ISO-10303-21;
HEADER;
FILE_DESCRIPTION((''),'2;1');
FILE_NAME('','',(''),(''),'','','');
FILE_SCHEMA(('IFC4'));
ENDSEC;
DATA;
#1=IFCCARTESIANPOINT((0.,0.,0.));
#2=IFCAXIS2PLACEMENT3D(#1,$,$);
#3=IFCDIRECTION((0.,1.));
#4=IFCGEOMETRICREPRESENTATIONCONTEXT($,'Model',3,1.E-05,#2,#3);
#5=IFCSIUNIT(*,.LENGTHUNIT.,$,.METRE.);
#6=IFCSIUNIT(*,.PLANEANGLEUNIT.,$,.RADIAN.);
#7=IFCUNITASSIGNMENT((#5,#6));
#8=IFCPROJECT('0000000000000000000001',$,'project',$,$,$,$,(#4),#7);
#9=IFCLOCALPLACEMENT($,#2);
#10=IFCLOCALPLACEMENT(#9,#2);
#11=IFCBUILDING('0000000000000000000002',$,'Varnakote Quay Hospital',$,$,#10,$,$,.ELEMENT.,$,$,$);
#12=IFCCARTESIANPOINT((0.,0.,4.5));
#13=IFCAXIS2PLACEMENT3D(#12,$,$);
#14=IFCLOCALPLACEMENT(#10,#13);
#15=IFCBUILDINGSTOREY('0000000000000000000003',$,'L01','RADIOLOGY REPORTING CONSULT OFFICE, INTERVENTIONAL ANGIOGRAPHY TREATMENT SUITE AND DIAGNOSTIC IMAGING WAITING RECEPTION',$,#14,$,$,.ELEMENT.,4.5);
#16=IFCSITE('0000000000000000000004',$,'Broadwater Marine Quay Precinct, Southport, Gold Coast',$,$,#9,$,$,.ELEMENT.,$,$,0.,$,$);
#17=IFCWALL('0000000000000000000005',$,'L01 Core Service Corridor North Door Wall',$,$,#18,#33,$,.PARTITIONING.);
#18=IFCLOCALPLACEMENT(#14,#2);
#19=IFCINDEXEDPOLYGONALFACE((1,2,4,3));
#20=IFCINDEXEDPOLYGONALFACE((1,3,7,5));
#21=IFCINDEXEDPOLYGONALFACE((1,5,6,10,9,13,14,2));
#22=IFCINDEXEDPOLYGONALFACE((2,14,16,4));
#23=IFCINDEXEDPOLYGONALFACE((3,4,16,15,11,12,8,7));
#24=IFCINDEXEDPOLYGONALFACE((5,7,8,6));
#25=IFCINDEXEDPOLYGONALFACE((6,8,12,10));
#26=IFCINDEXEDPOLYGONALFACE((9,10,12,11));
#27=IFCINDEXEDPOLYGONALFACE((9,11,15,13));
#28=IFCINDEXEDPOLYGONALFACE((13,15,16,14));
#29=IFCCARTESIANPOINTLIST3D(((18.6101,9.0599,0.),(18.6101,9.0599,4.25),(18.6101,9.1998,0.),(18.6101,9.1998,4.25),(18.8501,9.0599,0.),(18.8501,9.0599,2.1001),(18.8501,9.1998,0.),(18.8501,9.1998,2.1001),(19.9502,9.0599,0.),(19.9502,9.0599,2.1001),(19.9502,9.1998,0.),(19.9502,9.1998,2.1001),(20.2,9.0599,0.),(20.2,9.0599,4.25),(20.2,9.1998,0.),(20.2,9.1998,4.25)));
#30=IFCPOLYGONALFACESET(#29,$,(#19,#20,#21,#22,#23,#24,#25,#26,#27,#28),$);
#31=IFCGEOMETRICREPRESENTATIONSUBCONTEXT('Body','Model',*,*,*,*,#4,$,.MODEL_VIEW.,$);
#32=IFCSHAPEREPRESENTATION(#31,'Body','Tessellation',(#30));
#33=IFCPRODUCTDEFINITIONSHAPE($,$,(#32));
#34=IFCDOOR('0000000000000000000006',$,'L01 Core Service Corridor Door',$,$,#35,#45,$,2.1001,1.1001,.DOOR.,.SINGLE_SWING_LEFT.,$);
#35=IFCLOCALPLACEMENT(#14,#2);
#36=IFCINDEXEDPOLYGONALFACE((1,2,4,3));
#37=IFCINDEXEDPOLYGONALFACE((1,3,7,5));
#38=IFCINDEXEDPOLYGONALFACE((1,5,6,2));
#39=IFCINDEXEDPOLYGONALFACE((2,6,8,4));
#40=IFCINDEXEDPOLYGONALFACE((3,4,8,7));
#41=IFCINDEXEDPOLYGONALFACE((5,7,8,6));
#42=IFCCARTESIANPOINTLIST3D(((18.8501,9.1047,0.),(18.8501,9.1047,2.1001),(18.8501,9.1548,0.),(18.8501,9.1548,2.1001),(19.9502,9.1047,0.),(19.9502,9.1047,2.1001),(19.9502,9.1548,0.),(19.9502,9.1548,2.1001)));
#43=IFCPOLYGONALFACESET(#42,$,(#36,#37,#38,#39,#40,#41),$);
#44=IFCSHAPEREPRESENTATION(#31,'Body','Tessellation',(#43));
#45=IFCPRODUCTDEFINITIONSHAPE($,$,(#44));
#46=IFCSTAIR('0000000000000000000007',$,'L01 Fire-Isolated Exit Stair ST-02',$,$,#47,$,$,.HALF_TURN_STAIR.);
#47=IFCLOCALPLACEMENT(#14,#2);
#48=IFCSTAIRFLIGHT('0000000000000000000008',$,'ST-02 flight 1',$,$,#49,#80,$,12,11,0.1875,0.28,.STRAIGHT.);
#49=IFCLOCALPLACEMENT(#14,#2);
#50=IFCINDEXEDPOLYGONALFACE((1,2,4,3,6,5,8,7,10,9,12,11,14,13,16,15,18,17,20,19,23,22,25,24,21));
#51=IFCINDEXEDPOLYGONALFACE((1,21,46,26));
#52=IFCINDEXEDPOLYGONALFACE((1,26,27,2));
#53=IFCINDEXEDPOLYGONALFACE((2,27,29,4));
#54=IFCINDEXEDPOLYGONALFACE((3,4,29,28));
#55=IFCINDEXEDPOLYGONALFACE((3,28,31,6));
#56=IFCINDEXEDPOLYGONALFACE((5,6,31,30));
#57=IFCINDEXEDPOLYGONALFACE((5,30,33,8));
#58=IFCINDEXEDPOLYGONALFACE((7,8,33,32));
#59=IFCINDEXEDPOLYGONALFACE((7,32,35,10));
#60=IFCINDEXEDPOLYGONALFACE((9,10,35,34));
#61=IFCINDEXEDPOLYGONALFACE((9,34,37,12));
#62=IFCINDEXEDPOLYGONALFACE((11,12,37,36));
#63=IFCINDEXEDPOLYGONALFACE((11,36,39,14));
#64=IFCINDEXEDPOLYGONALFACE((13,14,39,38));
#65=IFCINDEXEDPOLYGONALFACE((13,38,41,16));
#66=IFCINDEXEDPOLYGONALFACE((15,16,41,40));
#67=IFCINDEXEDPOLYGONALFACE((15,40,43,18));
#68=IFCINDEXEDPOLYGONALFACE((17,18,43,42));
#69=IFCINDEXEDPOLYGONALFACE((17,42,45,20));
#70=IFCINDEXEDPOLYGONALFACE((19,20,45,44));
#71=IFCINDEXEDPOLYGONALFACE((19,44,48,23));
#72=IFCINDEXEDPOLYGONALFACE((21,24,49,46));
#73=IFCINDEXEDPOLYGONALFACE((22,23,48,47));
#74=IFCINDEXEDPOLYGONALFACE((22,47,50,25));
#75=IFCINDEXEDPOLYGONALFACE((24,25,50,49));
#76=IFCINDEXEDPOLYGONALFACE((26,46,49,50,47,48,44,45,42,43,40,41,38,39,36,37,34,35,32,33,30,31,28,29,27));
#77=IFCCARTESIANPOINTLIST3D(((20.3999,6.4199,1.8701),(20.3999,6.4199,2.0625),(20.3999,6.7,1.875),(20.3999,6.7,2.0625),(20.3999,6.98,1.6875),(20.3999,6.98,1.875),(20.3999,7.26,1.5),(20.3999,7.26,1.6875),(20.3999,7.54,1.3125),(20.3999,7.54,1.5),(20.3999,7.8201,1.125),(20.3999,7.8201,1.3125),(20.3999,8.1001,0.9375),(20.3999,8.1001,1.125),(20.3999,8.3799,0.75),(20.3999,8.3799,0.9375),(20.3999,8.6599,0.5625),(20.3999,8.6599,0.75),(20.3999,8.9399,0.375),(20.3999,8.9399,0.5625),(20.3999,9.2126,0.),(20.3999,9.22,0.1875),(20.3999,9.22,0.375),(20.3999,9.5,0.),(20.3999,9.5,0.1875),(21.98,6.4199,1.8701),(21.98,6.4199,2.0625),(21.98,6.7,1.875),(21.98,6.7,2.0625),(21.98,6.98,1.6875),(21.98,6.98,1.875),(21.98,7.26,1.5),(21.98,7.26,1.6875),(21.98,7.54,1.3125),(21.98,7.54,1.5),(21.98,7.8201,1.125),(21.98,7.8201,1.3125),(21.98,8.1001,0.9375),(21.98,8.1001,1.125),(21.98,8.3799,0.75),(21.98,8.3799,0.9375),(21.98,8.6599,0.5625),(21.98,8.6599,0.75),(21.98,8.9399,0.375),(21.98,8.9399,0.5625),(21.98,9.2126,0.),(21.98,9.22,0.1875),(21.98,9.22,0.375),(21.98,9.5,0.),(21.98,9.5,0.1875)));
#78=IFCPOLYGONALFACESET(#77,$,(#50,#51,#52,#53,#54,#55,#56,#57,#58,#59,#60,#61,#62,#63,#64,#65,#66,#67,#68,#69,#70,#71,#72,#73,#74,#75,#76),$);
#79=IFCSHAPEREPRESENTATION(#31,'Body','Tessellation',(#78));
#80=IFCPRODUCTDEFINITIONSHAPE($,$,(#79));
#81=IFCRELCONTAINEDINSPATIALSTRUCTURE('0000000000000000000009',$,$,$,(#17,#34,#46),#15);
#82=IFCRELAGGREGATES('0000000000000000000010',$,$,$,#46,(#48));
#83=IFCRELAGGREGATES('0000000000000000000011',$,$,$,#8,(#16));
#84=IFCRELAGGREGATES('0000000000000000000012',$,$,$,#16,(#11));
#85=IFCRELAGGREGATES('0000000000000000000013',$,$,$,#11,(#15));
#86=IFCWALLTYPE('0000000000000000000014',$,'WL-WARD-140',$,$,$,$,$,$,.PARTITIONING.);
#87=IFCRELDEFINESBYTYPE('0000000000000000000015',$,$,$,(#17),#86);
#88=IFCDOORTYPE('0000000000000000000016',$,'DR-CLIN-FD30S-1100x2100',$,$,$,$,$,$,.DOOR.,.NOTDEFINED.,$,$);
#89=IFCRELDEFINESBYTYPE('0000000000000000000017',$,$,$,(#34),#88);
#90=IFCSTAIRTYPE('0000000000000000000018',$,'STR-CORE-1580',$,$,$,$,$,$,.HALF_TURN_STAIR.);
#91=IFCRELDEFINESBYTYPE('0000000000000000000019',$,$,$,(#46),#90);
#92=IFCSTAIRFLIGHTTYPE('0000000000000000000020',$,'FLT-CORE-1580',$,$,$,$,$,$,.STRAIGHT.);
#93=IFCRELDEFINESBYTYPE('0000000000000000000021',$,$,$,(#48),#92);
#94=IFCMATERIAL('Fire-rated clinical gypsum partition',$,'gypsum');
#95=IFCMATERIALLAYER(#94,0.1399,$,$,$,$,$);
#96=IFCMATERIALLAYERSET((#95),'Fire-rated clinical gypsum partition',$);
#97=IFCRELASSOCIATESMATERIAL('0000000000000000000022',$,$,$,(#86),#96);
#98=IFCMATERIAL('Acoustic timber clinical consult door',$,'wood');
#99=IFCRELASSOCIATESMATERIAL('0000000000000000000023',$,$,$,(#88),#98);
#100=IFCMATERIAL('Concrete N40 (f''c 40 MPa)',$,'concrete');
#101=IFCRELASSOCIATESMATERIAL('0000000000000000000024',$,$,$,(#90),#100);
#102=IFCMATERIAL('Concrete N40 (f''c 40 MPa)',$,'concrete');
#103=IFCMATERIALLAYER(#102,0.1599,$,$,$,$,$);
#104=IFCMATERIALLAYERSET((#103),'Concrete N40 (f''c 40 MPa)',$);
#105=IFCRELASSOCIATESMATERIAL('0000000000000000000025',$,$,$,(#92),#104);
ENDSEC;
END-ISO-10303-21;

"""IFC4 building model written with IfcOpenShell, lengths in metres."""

from ifc_helpers import new_model, si_unit, direction, frame, frame_2d, origin, place, context, subcontext, project, spatial, polyline, rectangle, outline, extrude, material, layer, layer_set, type_object, element, fill, aggregate, save


model = new_model("IFC4")

# Units and contexts
model_context = context("Model", 3, precision=1e-05, world=origin(), true_north=direction((0.0, 1.0)))
body_context = subcontext(model_context, "Body", "Model", "MODEL_VIEW")
ifc_project = project(units=[si_unit("LENGTHUNIT", "METRE"), si_unit("PLANEANGLEUNIT", "RADIAN")], contexts=[model_context])

# Site, building, storey
site_placement = place(None, origin())
site = spatial("IfcSite", under=ifc_project, at=site_placement, Name="Broadwater Marine Quay Precinct, Southport, Gold Coast", CompositionType="ELEMENT", RefElevation=0.0)
building_placement = place(site_placement, origin())
building = spatial("IfcBuilding", under=site, at=building_placement, Name="Varnakote Quay Hospital", CompositionType="ELEMENT")
storey_placement = place(building_placement, frame((0.0, 0.0, 4.5)))
storey = spatial("IfcBuildingStorey", under=building, at=storey_placement, Name="L01", Description="RADIOLOGY REPORTING CONSULT OFFICE, INTERVENTIONAL ANGIOGRAPHY TREATMENT SUITE AND DIAGNOSTIC IMAGING WAITING RECEPTION", CompositionType="ELEMENT", Elevation=4.5)

# Wall, opening, door
ifc_material_1 = material(Name="Fire-rated clinical gypsum partition", Category="gypsum")
ifc_layer_1 = layer(ifc_material_1, 0.1399)
ifc_layer_set_1 = layer_set([ifc_layer_1], Name="Fire-rated clinical gypsum partition")
wall_type_1 = type_object("IfcWallType", Name="WL-WARD-140", PredefinedType="PARTITIONING", material=ifc_layer_set_1)
ifc_material_2 = material(Name="Acoustic timber clinical consult door", Category="wood")
door_type_1 = type_object("IfcDoorType", Name="DR-CLIN-FD30S-1100x2100", OperationType="NOTDEFINED", PredefinedType="DOOR", material=ifc_material_2)
wall_1_placement = place(storey_placement, frame((18.6101, 9.1299, 0.0), z_axis=(0.0, 0.0, 1.0), x_axis=(1.0, 0.0, 0.0)))
wall_1 = element("IfcWall", 1, at=wall_1_placement, inside=storey, type_object=wall_type_1, Name="L01 Core Service Corridor North Door Wall", PredefinedType="PARTITIONING", context=body_context, shape_type="SweptSolid", body=[
    extrude(rectangle(XDim=1.5898, YDim=0.1399, at=frame_2d((0.7949, 0.0))), origin(), (0.0, 0.0, 1.0), 4.25),
])
opening_1_placement = place(wall_1_placement, frame((0.24, 0.0, 0.0)))
opening_1 = element("IfcOpeningElement", 2, at=opening_1_placement, cuts=wall_1, PredefinedType="OPENING", context=body_context, shape_type="SweptSolid", body=[
    extrude(rectangle(XDim=1.1001, YDim=2.1001, at=frame_2d((0.55, 1.05))), frame((0.0, 0.0798, 0.0), z_axis=(0.0, -1.0, 0.0), x_axis=(1.0, 0.0, 0.0)), (0.0, 0.0, 1.0), 0.1599),
])
door_1_placement = place(opening_1_placement, origin())
door_1 = element("IfcDoor", 3, at=door_1_placement, inside=storey, type_object=door_type_1, Name="L01 Core Service Corridor Door", OperationType="SINGLE_SWING_LEFT", OverallHeight=2.1001, OverallWidth=1.1001, PredefinedType="DOOR", context=body_context, shape_type="SweptSolid", body=[
    extrude(rectangle(XDim=1.1001, YDim=2.1001, at=frame_2d((0.55, 1.05))), frame((0.0, 0.0249, 0.0), z_axis=(0.0, -1.0, 0.0), x_axis=(1.0, 0.0, 0.0)), (0.0, 0.0, 1.0), 0.05),
])
fill(opening_1, door_1)

# Stair, stair flight
ifc_material_3 = material(Name="Concrete N40 (f'c 40 MPa)", Category="concrete")
stair_type = type_object("IfcStairType", Name="STR-CORE-1580", PredefinedType="HALF_TURN_STAIR", material=ifc_material_3)
stair_placement = place(storey_placement, origin())
stair = element("IfcStair", 4, at=stair_placement, inside=storey, type_object=stair_type, Name="L01 Fire-Isolated Exit Stair ST-02", PredefinedType="HALF_TURN_STAIR")
ifc_material_4 = material(Name="Concrete N40 (f'c 40 MPa)", Category="concrete")
ifc_layer_2 = layer(ifc_material_4, 0.1599)
ifc_layer_set_2 = layer_set([ifc_layer_2], Name="Concrete N40 (f'c 40 MPa)")
stair_flight_type = type_object("IfcStairFlightType", Name="FLT-CORE-1580", PredefinedType="STRAIGHT", material=ifc_layer_set_2)
stair_flight_placement = place(storey_placement, frame((21.1899, 9.5, 0.0), z_axis=(0.0, 0.0, 1.0), x_axis=(0.0, -1.0, 0.0)))
stair_flight = element("IfcStairFlight", 5, at=stair_flight_placement, type_object=stair_flight_type, Name="ST-02 flight 1", NumberOfRisers=12, NumberOfTreads=11, PredefinedType="STRAIGHT", RiserHeight=0.1875, TreadLength=0.28, context=body_context, shape_type="SweptSolid", body=[
    extrude(outline(polyline([(0.0, 0.0), (0.0, 0.1875), (0.28, 0.1875), (0.28, 0.375), (0.5601, 0.375), (0.5601, 0.5625), (0.8401, 0.5625), (0.8401, 0.75), (1.1201, 0.75), (1.1201, 0.9375), (1.3999, 0.9375), (1.3999, 1.125), (1.6799, 1.125), (1.6799, 1.3125), (1.96, 1.3125), (1.96, 1.5), (2.24, 1.5), (2.24, 1.6875), (2.52, 1.6875), (2.52, 1.875), (2.8, 1.875), (2.8, 2.0625), (3.0801, 2.0625), (3.0801, 2.25), (3.0801, 1.8701), (0.2874, 0.0), (0.0, 0.0)])), frame((0.0, 0.79, 0.0), z_axis=(0.0, -1.0, 0.0), x_axis=(1.0, 0.0, 0.0)), (0.0, 0.0, 1.0), 1.5801),
])
aggregate(stair, [stair_flight])

save(model, "model.ifc")
